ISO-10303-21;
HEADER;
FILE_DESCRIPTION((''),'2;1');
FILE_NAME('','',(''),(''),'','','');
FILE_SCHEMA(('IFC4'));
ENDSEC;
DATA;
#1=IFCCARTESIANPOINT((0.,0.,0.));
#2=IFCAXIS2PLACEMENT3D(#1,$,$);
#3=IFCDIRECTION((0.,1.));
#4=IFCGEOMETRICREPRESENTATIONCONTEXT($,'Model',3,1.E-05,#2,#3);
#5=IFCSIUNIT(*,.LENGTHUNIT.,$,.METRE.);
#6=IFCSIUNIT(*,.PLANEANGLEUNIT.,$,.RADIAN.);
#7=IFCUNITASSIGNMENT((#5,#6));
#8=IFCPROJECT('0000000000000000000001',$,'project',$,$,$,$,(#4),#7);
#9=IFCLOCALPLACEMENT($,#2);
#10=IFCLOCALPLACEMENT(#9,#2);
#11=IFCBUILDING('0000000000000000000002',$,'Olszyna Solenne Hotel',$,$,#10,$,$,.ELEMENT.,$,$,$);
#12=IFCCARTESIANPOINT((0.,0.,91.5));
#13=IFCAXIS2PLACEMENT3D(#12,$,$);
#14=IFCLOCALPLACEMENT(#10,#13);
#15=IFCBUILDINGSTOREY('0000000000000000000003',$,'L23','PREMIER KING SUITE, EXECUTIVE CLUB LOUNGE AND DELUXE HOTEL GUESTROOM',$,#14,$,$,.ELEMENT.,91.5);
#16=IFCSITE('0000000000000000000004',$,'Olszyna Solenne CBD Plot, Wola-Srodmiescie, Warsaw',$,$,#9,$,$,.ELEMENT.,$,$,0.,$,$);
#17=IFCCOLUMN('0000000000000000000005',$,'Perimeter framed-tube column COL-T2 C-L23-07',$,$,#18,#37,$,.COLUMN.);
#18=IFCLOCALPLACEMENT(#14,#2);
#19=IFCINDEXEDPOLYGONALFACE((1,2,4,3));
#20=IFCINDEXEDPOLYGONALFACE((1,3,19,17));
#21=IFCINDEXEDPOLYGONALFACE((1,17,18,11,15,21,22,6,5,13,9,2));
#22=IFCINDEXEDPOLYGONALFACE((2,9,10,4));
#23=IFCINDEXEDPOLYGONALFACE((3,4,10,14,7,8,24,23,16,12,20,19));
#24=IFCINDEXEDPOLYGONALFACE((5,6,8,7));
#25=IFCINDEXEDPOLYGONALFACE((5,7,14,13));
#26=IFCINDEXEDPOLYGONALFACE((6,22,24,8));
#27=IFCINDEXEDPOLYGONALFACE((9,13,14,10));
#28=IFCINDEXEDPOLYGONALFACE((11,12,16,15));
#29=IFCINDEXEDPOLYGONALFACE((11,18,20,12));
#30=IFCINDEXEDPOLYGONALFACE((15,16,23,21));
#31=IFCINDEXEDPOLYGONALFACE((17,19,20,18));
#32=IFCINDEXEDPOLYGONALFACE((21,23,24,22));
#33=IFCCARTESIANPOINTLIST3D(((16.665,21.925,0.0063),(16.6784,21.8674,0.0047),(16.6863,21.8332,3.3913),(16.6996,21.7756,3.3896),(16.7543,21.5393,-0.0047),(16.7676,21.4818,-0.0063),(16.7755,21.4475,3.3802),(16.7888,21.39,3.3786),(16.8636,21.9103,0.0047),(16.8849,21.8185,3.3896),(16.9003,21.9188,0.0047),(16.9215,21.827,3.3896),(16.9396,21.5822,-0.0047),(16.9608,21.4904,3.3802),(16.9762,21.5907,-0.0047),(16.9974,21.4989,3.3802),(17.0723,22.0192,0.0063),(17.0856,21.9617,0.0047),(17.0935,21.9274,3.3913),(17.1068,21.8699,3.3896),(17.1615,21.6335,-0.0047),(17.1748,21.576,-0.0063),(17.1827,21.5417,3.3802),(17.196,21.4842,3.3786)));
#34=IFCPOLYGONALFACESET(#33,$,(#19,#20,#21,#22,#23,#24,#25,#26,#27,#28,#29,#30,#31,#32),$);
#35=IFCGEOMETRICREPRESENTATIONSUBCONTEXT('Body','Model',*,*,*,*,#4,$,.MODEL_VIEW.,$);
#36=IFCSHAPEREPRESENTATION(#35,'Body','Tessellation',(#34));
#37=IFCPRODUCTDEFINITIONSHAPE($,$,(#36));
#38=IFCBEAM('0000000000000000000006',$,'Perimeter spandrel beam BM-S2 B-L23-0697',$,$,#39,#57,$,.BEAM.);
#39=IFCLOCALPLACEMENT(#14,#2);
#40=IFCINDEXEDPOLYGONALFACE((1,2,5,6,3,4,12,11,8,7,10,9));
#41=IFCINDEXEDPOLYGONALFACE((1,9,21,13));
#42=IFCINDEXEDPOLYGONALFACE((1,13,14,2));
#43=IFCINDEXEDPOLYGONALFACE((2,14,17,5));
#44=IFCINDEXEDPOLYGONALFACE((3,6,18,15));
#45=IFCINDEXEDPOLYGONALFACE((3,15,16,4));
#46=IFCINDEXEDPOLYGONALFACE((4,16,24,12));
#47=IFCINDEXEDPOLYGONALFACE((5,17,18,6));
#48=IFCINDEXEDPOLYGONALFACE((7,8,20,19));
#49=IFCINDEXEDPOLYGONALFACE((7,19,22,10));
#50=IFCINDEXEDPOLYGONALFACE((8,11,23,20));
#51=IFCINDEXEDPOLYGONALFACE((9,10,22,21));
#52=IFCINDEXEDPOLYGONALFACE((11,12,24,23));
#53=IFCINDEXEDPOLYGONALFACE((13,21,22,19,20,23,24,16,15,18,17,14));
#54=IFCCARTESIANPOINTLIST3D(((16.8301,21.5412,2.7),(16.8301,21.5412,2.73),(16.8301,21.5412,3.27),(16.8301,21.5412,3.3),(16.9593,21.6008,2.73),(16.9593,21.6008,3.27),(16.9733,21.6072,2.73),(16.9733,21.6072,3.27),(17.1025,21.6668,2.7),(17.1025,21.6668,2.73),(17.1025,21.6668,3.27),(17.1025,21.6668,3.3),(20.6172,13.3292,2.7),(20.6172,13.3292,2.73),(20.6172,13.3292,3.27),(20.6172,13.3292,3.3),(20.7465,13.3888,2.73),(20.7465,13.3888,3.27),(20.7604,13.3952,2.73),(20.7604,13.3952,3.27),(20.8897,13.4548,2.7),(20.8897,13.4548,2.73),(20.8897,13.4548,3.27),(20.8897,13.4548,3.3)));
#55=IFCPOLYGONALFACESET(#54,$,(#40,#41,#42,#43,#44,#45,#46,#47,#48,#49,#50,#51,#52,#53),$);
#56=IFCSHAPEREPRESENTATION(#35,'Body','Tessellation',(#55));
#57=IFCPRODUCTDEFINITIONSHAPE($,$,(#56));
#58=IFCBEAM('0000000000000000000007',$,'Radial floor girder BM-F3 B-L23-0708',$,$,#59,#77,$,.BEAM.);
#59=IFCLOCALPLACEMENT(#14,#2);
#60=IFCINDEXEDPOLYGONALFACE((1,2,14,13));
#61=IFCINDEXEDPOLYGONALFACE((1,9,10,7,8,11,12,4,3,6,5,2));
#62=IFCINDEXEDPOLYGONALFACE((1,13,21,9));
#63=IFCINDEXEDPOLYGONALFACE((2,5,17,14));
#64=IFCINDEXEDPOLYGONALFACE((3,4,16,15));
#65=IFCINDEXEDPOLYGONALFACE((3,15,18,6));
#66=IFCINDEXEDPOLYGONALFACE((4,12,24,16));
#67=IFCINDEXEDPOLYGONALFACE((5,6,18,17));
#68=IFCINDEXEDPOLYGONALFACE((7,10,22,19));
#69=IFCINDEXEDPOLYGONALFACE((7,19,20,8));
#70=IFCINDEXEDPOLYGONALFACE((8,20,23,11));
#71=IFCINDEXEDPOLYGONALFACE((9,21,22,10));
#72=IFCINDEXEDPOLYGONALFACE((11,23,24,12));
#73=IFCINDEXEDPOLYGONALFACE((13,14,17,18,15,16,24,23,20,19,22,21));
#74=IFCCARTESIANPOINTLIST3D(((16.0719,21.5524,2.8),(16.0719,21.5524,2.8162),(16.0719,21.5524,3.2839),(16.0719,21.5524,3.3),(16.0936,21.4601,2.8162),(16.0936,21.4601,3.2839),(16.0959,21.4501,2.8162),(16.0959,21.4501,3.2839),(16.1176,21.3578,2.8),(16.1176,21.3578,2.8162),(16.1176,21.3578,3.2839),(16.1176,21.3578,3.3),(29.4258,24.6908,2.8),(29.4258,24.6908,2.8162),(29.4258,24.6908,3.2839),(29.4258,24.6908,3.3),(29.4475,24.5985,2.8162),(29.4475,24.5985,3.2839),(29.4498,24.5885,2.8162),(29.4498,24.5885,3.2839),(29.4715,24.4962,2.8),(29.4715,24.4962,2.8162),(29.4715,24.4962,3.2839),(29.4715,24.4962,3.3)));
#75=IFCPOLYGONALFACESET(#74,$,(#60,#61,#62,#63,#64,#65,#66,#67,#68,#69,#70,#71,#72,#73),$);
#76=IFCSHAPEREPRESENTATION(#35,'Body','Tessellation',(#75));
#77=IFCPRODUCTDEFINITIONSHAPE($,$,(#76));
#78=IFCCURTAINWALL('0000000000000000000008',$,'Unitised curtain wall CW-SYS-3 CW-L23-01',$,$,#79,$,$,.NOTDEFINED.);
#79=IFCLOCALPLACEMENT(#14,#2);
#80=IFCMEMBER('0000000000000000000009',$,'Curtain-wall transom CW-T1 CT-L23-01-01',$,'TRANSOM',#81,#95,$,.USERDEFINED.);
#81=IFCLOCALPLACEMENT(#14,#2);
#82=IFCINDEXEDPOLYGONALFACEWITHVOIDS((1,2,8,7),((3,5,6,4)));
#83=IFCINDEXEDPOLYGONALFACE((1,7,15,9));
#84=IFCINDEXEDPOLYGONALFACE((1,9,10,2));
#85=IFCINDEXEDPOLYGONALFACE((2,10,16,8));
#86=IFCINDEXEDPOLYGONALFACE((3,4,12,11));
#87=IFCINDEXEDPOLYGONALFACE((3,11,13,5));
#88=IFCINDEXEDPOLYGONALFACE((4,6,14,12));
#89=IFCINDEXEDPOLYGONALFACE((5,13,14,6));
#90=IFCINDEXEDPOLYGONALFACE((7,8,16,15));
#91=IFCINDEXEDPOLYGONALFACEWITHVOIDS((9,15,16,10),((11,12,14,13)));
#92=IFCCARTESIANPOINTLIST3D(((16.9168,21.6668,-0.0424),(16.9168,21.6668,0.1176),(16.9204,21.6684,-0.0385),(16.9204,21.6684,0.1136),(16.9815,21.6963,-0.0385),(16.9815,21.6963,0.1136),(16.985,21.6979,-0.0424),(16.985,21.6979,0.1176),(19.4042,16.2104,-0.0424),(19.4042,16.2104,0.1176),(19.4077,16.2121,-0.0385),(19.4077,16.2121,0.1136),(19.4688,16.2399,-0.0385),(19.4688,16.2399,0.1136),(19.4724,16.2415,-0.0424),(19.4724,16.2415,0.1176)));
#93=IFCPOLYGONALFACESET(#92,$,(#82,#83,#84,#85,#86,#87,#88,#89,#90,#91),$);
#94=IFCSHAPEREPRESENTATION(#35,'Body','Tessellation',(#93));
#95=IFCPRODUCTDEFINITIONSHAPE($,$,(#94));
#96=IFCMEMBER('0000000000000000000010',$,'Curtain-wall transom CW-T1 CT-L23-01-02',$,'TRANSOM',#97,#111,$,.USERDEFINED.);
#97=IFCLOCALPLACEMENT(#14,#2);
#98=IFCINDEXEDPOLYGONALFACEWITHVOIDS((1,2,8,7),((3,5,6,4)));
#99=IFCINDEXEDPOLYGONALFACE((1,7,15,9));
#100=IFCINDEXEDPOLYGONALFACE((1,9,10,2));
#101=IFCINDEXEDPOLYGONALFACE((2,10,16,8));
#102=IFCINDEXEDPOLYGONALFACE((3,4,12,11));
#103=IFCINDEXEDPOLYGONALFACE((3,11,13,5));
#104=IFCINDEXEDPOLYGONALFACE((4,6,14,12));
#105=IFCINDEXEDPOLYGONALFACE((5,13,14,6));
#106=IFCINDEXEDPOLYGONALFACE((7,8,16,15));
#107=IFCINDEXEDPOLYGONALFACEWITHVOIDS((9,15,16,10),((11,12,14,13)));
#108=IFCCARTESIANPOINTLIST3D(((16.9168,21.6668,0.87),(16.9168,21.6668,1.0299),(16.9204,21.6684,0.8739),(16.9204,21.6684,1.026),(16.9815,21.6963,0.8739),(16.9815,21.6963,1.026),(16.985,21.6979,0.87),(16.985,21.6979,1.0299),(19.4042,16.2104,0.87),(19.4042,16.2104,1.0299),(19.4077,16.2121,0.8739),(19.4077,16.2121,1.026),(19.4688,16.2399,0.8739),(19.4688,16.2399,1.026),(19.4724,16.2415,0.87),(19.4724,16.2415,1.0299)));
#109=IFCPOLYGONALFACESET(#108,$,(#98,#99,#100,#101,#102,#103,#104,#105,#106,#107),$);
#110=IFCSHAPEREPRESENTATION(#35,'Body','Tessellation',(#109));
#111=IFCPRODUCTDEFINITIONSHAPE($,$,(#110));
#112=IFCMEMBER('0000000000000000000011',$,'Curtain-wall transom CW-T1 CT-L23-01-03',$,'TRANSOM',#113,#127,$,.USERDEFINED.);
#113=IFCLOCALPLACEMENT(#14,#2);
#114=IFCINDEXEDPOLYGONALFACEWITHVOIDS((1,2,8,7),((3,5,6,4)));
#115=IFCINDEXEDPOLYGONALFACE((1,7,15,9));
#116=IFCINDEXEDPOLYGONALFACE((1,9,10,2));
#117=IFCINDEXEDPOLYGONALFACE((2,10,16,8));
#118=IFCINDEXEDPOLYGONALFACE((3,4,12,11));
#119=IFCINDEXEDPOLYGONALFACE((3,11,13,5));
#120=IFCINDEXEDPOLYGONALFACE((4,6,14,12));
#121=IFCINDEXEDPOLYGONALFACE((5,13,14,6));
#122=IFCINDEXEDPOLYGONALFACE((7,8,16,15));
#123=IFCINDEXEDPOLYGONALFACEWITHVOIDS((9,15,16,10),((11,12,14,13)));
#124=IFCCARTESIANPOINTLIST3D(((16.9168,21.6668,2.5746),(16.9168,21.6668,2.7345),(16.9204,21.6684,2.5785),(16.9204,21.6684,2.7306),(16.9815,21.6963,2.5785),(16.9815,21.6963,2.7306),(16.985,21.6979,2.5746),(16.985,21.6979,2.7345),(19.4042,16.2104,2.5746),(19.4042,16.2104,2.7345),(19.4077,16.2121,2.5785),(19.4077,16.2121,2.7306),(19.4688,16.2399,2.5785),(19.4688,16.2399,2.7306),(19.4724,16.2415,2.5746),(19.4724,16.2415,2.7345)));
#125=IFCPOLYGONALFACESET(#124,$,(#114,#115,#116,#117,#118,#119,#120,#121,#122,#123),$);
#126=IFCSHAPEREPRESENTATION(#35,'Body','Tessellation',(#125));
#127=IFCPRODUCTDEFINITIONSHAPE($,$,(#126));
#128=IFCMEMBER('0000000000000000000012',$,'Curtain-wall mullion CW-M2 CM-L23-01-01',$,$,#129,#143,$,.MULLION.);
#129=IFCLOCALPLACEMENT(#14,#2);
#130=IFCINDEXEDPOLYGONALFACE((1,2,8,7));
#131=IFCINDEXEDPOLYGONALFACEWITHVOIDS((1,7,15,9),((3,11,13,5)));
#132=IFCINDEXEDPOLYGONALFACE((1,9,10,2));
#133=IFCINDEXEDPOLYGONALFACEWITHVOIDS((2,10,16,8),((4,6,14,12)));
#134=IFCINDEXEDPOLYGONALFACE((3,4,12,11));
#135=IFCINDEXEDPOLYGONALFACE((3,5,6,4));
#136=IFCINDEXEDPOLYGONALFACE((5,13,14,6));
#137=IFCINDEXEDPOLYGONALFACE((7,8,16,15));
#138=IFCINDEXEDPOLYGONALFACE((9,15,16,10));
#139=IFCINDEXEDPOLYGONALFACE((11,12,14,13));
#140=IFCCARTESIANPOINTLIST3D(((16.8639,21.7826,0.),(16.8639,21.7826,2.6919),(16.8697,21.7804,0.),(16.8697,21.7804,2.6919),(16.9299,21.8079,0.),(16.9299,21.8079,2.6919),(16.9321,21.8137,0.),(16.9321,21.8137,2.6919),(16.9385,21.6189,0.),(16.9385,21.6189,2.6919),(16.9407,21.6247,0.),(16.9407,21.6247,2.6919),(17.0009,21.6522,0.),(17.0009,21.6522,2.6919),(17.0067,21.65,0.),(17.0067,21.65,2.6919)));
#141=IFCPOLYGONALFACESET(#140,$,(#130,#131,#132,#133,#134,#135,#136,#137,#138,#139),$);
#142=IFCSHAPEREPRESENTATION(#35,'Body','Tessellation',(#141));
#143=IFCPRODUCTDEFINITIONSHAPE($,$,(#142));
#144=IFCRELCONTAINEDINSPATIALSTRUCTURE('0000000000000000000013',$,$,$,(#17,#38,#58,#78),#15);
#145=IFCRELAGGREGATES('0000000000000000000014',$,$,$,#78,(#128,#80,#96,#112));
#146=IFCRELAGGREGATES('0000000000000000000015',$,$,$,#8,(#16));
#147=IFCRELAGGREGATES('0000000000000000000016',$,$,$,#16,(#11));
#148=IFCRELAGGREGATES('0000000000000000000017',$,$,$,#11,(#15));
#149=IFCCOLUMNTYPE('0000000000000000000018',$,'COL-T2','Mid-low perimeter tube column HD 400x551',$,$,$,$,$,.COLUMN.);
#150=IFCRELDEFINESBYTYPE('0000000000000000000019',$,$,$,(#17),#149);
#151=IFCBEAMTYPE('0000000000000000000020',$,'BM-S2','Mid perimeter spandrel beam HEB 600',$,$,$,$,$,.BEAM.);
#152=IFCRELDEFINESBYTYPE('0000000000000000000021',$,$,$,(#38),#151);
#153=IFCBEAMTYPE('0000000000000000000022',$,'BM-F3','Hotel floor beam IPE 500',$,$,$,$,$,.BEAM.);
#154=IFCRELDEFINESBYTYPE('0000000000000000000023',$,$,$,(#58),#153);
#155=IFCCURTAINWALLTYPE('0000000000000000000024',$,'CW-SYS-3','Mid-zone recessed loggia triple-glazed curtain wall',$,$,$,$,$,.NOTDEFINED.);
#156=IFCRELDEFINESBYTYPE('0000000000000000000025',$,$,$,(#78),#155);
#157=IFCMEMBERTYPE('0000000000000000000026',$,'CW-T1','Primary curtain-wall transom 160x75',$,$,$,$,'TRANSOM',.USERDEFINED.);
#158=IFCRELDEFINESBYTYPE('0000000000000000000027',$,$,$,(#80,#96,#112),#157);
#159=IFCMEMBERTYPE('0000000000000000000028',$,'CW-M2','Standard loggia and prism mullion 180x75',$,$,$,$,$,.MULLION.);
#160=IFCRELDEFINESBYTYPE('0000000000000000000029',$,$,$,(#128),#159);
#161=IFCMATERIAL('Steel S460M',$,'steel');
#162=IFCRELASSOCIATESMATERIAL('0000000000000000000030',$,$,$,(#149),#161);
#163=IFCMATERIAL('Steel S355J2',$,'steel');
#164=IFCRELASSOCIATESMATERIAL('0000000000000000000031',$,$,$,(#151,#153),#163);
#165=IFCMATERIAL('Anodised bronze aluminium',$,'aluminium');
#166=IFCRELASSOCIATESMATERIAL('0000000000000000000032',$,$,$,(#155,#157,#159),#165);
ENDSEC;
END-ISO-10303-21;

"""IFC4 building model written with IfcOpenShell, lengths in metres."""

from ifc_helpers import new_model, si_unit, direction, frame, origin, origin_2d, place, context, subcontext, project, spatial, hollow_rectangle, i_section, extrude, source, transform, mapped, material, material_profile, profile_set, type_object, element, aggregate, save


model = new_model("IFC4")

# Units and contexts
model_context = context("Model", 3, precision=1e-05, world=origin(), true_north=direction((0.0, 1.0)))
body_context = subcontext(model_context, "Body", "Model", "MODEL_VIEW")
ifc_project = project(units=[si_unit("LENGTHUNIT", "METRE"), si_unit("PLANEANGLEUNIT", "RADIAN")], contexts=[model_context])

# Site, building, storey
site_placement = place(None, origin())
site = spatial("IfcSite", under=ifc_project, at=site_placement, Name="Olszyna Solenne CBD Plot, Wola-Srodmiescie, Warsaw", CompositionType="ELEMENT", RefElevation=0.0)
building_placement = place(site_placement, origin())
building = spatial("IfcBuilding", under=site, at=building_placement, Name="Olszyna Solenne Hotel", CompositionType="ELEMENT")
storey_placement = place(building_placement, frame((0.0, 0.0, 91.5)))
storey = spatial("IfcBuildingStorey", under=building, at=storey_placement, Name="L23", Description="PREMIER KING SUITE, EXECUTIVE CLUB LOUNGE AND DELUXE HOTEL GUESTROOM", CompositionType="ELEMENT", Elevation=91.5)

# Column
ifc_material_1 = material(Name="Steel S460M", Category="steel")
ifc_material_profile_1 = material_profile(ifc_material_1, i_section(OverallWidth=0.418, OverallDepth=0.4551, WebThickness=0.0376, FlangeThickness=0.0591, at=origin_2d()), Name="HD 400x551", Category="load-bearing")
ifc_profile_set_1 = profile_set([ifc_material_profile_1], Name="Steel S460M")
column_type = type_object("IfcColumnType", Name="COL-T2", Description="Mid-low perimeter tube column HD 400x551", PredefinedType="COLUMN", material=ifc_profile_set_1)
shared_shape_1 = source(origin(), body_context, "Body", "SweptSolid", [
    extrude(i_section(OverallWidth=0.418, OverallDepth=0.4551, WebThickness=0.0376, FlangeThickness=0.0591, at=origin_2d()), origin(), (0.0, 0.0, 1.0), 3.3862),
])
column_placement = place(storey_placement, frame((16.9199, 21.7505, 0.0), z_axis=(0.006272, -0.027108, 0.999613), x_axis=(0.97426, 0.225427, 0.0)))
element("IfcColumn", 1, at=column_placement, inside=storey, type_object=column_type, Name="Perimeter framed-tube column COL-T2 C-L23-07", PredefinedType="COLUMN", context=body_context, shape_type="MappedRepresentation", body=[
    mapped(shared_shape_1, transform((0.0, 0.0, 0.0), x_axis=(1.0, 0.0, 0.0), y_axis=(0.0, 1.0, 0.0), z_axis=(0.0, 0.0, 1.0), scale=1.0)),
])

# Beams
ifc_material_2 = material(Name="Steel S355J2", Category="steel")
ifc_material_profile_2 = material_profile(ifc_material_2, i_section(OverallWidth=0.3, OverallDepth=0.6001, WebThickness=0.0154, FlangeThickness=0.03, at=origin_2d()), Name="HEB 600", Category="load-bearing")
ifc_profile_set_2 = profile_set([ifc_material_profile_2], Name="Steel S355J2")
beam_type_1 = type_object("IfcBeamType", Name="BM-S2", Description="Mid perimeter spandrel beam HEB 600", PredefinedType="BEAM", material=ifc_profile_set_2)
shared_shape_2 = source(origin(), body_context, "Body", "SweptSolid", [
    extrude(i_section(OverallWidth=0.3, OverallDepth=0.6001, WebThickness=0.0154, FlangeThickness=0.03, at=origin_2d()), origin(), (0.0, 0.0, 1.0), 9.0432),
])
beam_1_placement = place(storey_placement, frame((16.9663, 21.604, 3.0), z_axis=(0.418784, -0.908086, 0.0), x_axis=(0.908086, 0.418784, 0.0)))
element("IfcBeam", 2, at=beam_1_placement, inside=storey, type_object=beam_type_1, Name="Perimeter spandrel beam BM-S2 B-L23-0697", PredefinedType="BEAM", context=body_context, shape_type="MappedRepresentation", body=[
    mapped(shared_shape_2, transform((0.0, 0.0, 0.0), x_axis=(1.0, 0.0, 0.0), y_axis=(0.0, 1.0, 0.0), z_axis=(0.0, 0.0, 1.0), scale=1.0)),
])
ifc_material_profile_3 = material_profile(ifc_material_2, i_section(OverallWidth=0.2, OverallDepth=0.5, WebThickness=0.0103, FlangeThickness=0.0161, at=origin_2d()), Name="IPE 500", Category="load-bearing")
ifc_profile_set_3 = profile_set([ifc_material_profile_3], Name="Steel S355J2")
beam_type_2 = type_object("IfcBeamType", Name="BM-F3", Description="Hotel floor beam IPE 500", PredefinedType="BEAM", material=ifc_profile_set_3)
shared_shape_3 = source(origin(), body_context, "Body", "SweptSolid", [
    extrude(i_section(OverallWidth=0.2, OverallDepth=0.5, WebThickness=0.0103, FlangeThickness=0.0161, at=origin_2d()), origin(), (0.0, 0.0, 1.0), 13.7178),
])
beam_2_placement = place(storey_placement, frame((16.0947, 21.4551, 3.05), z_axis=(0.973477, 0.228784, 0.0), x_axis=(-0.228784, 0.973477, 0.0)))
element("IfcBeam", 3, at=beam_2_placement, inside=storey, type_object=beam_type_2, Name="Radial floor girder BM-F3 B-L23-0708", PredefinedType="BEAM", context=body_context, shape_type="MappedRepresentation", body=[
    mapped(shared_shape_3, transform((0.0, 0.0, 0.0), x_axis=(1.0, 0.0, 0.0), y_axis=(0.0, 1.0, 0.0), z_axis=(0.0, 0.0, 1.0), scale=1.0)),
])

# Curtain wall, members
ifc_material_3 = material(Name="Anodised bronze aluminium", Category="aluminium")
curtain_wall_type = type_object("IfcCurtainWallType", Name="CW-SYS-3", Description="Mid-zone recessed loggia triple-glazed curtain wall", PredefinedType="NOTDEFINED", material=ifc_material_3)
curtain_wall_placement = place(storey_placement, origin())
curtain_wall = element("IfcCurtainWall", 4, at=curtain_wall_placement, inside=storey, type_object=curtain_wall_type, Name="Unitised curtain wall CW-SYS-3 CW-L23-01", PredefinedType="NOTDEFINED")
ifc_material_profile_4 = material_profile(ifc_material_3, hollow_rectangle(XDim=0.075, YDim=0.1599, WallThickness=0.0039, at=origin_2d()), Name="TRAN 160x75x4", Category="load-bearing")
ifc_profile_set_4 = profile_set([ifc_material_profile_4], Name="Anodised bronze aluminium")
member_type_1 = type_object("IfcMemberType", Name="CW-T1", Description="Primary curtain-wall transom 160x75", ElementType="TRANSOM", PredefinedType="USERDEFINED", material=ifc_profile_set_4)
shared_shape_4 = source(origin(), body_context, "Body", "SweptSolid", [
    extrude(hollow_rectangle(XDim=0.075, YDim=0.1599, WallThickness=0.0039, at=origin_2d()), origin(), (0.0, 0.0, 1.0), 5.9966),
])
member_1_placement = place(storey_placement, frame((16.9509, 21.6824, 0.0376), z_axis=(0.414793, -0.909916, 0.0), x_axis=(0.909916, 0.414793, 0.0)))
member_1 = element("IfcMember", 5, at=member_1_placement, type_object=member_type_1, Name="Curtain-wall transom CW-T1 CT-L23-01-01", ObjectType="TRANSOM", PredefinedType="USERDEFINED", context=body_context, shape_type="MappedRepresentation", body=[
    mapped(shared_shape_4, transform((0.0, 0.0, 0.0), x_axis=(1.0, 0.0, 0.0), y_axis=(0.0, 1.0, 0.0), z_axis=(0.0, 0.0, 1.0), scale=1.0)),
])
member_2_placement = place(storey_placement, frame((16.9509, 21.6824, 0.95), z_axis=(0.414793, -0.909916, 0.0), x_axis=(0.909916, 0.414793, 0.0)))
member_2 = element("IfcMember", 6, at=member_2_placement, type_object=member_type_1, Name="Curtain-wall transom CW-T1 CT-L23-01-02", ObjectType="TRANSOM", PredefinedType="USERDEFINED", context=body_context, shape_type="MappedRepresentation", body=[
    mapped(shared_shape_4, transform((0.0, 0.0, 0.0), x_axis=(1.0, 0.0, 0.0), y_axis=(0.0, 1.0, 0.0), z_axis=(0.0, 0.0, 1.0), scale=1.0)),
])
member_3_placement = place(storey_placement, frame((16.9509, 21.6824, 2.6545), z_axis=(0.414793, -0.909916, 0.0), x_axis=(0.909916, 0.414793, 0.0)))
member_3 = element("IfcMember", 7, at=member_3_placement, type_object=member_type_1, Name="Curtain-wall transom CW-T1 CT-L23-01-03", ObjectType="TRANSOM", PredefinedType="USERDEFINED", context=body_context, shape_type="MappedRepresentation", body=[
    mapped(shared_shape_4, transform((0.0, 0.0, 0.0), x_axis=(1.0, 0.0, 0.0), y_axis=(0.0, 1.0, 0.0), z_axis=(0.0, 0.0, 1.0), scale=1.0)),
])
ifc_material_profile_5 = material_profile(ifc_material_3, hollow_rectangle(XDim=0.075, YDim=0.1799, WallThickness=0.0044, at=origin_2d()), Name="MULL 180x75x4.5", Category="load-bearing")
ifc_profile_set_5 = profile_set([ifc_material_profile_5], Name="Anodised bronze aluminium")
member_type_2 = type_object("IfcMemberType", Name="CW-M2", Description="Standard loggia and prism mullion 180x75", PredefinedType="MULLION", material=ifc_profile_set_5)
shared_shape_5 = source(origin(), body_context, "Body", "SweptSolid", [
    extrude(hollow_rectangle(XDim=0.075, YDim=0.1799, WallThickness=0.0044, at=origin_2d()), origin(), (0.0, 0.0, 1.0), 2.6919),
])
member_4_placement = place(storey_placement, frame((16.9353, 21.7163, 0.0), z_axis=(0.0, 0.0, 1.0), x_axis=(0.909904, 0.414819, 0.0)))
member_4 = element("IfcMember", 8, at=member_4_placement, type_object=member_type_2, Name="Curtain-wall mullion CW-M2 CM-L23-01-01", PredefinedType="MULLION", context=body_context, shape_type="MappedRepresentation", body=[
    mapped(shared_shape_5, transform((0.0, 0.0, 0.0), x_axis=(1.0, 0.0, 0.0), y_axis=(0.0, 1.0, 0.0), z_axis=(0.0, 0.0, 1.0), scale=1.0)),
])
aggregate(curtain_wall, [member_4, member_1, member_2, member_3])

save(model, "model.ifc")
